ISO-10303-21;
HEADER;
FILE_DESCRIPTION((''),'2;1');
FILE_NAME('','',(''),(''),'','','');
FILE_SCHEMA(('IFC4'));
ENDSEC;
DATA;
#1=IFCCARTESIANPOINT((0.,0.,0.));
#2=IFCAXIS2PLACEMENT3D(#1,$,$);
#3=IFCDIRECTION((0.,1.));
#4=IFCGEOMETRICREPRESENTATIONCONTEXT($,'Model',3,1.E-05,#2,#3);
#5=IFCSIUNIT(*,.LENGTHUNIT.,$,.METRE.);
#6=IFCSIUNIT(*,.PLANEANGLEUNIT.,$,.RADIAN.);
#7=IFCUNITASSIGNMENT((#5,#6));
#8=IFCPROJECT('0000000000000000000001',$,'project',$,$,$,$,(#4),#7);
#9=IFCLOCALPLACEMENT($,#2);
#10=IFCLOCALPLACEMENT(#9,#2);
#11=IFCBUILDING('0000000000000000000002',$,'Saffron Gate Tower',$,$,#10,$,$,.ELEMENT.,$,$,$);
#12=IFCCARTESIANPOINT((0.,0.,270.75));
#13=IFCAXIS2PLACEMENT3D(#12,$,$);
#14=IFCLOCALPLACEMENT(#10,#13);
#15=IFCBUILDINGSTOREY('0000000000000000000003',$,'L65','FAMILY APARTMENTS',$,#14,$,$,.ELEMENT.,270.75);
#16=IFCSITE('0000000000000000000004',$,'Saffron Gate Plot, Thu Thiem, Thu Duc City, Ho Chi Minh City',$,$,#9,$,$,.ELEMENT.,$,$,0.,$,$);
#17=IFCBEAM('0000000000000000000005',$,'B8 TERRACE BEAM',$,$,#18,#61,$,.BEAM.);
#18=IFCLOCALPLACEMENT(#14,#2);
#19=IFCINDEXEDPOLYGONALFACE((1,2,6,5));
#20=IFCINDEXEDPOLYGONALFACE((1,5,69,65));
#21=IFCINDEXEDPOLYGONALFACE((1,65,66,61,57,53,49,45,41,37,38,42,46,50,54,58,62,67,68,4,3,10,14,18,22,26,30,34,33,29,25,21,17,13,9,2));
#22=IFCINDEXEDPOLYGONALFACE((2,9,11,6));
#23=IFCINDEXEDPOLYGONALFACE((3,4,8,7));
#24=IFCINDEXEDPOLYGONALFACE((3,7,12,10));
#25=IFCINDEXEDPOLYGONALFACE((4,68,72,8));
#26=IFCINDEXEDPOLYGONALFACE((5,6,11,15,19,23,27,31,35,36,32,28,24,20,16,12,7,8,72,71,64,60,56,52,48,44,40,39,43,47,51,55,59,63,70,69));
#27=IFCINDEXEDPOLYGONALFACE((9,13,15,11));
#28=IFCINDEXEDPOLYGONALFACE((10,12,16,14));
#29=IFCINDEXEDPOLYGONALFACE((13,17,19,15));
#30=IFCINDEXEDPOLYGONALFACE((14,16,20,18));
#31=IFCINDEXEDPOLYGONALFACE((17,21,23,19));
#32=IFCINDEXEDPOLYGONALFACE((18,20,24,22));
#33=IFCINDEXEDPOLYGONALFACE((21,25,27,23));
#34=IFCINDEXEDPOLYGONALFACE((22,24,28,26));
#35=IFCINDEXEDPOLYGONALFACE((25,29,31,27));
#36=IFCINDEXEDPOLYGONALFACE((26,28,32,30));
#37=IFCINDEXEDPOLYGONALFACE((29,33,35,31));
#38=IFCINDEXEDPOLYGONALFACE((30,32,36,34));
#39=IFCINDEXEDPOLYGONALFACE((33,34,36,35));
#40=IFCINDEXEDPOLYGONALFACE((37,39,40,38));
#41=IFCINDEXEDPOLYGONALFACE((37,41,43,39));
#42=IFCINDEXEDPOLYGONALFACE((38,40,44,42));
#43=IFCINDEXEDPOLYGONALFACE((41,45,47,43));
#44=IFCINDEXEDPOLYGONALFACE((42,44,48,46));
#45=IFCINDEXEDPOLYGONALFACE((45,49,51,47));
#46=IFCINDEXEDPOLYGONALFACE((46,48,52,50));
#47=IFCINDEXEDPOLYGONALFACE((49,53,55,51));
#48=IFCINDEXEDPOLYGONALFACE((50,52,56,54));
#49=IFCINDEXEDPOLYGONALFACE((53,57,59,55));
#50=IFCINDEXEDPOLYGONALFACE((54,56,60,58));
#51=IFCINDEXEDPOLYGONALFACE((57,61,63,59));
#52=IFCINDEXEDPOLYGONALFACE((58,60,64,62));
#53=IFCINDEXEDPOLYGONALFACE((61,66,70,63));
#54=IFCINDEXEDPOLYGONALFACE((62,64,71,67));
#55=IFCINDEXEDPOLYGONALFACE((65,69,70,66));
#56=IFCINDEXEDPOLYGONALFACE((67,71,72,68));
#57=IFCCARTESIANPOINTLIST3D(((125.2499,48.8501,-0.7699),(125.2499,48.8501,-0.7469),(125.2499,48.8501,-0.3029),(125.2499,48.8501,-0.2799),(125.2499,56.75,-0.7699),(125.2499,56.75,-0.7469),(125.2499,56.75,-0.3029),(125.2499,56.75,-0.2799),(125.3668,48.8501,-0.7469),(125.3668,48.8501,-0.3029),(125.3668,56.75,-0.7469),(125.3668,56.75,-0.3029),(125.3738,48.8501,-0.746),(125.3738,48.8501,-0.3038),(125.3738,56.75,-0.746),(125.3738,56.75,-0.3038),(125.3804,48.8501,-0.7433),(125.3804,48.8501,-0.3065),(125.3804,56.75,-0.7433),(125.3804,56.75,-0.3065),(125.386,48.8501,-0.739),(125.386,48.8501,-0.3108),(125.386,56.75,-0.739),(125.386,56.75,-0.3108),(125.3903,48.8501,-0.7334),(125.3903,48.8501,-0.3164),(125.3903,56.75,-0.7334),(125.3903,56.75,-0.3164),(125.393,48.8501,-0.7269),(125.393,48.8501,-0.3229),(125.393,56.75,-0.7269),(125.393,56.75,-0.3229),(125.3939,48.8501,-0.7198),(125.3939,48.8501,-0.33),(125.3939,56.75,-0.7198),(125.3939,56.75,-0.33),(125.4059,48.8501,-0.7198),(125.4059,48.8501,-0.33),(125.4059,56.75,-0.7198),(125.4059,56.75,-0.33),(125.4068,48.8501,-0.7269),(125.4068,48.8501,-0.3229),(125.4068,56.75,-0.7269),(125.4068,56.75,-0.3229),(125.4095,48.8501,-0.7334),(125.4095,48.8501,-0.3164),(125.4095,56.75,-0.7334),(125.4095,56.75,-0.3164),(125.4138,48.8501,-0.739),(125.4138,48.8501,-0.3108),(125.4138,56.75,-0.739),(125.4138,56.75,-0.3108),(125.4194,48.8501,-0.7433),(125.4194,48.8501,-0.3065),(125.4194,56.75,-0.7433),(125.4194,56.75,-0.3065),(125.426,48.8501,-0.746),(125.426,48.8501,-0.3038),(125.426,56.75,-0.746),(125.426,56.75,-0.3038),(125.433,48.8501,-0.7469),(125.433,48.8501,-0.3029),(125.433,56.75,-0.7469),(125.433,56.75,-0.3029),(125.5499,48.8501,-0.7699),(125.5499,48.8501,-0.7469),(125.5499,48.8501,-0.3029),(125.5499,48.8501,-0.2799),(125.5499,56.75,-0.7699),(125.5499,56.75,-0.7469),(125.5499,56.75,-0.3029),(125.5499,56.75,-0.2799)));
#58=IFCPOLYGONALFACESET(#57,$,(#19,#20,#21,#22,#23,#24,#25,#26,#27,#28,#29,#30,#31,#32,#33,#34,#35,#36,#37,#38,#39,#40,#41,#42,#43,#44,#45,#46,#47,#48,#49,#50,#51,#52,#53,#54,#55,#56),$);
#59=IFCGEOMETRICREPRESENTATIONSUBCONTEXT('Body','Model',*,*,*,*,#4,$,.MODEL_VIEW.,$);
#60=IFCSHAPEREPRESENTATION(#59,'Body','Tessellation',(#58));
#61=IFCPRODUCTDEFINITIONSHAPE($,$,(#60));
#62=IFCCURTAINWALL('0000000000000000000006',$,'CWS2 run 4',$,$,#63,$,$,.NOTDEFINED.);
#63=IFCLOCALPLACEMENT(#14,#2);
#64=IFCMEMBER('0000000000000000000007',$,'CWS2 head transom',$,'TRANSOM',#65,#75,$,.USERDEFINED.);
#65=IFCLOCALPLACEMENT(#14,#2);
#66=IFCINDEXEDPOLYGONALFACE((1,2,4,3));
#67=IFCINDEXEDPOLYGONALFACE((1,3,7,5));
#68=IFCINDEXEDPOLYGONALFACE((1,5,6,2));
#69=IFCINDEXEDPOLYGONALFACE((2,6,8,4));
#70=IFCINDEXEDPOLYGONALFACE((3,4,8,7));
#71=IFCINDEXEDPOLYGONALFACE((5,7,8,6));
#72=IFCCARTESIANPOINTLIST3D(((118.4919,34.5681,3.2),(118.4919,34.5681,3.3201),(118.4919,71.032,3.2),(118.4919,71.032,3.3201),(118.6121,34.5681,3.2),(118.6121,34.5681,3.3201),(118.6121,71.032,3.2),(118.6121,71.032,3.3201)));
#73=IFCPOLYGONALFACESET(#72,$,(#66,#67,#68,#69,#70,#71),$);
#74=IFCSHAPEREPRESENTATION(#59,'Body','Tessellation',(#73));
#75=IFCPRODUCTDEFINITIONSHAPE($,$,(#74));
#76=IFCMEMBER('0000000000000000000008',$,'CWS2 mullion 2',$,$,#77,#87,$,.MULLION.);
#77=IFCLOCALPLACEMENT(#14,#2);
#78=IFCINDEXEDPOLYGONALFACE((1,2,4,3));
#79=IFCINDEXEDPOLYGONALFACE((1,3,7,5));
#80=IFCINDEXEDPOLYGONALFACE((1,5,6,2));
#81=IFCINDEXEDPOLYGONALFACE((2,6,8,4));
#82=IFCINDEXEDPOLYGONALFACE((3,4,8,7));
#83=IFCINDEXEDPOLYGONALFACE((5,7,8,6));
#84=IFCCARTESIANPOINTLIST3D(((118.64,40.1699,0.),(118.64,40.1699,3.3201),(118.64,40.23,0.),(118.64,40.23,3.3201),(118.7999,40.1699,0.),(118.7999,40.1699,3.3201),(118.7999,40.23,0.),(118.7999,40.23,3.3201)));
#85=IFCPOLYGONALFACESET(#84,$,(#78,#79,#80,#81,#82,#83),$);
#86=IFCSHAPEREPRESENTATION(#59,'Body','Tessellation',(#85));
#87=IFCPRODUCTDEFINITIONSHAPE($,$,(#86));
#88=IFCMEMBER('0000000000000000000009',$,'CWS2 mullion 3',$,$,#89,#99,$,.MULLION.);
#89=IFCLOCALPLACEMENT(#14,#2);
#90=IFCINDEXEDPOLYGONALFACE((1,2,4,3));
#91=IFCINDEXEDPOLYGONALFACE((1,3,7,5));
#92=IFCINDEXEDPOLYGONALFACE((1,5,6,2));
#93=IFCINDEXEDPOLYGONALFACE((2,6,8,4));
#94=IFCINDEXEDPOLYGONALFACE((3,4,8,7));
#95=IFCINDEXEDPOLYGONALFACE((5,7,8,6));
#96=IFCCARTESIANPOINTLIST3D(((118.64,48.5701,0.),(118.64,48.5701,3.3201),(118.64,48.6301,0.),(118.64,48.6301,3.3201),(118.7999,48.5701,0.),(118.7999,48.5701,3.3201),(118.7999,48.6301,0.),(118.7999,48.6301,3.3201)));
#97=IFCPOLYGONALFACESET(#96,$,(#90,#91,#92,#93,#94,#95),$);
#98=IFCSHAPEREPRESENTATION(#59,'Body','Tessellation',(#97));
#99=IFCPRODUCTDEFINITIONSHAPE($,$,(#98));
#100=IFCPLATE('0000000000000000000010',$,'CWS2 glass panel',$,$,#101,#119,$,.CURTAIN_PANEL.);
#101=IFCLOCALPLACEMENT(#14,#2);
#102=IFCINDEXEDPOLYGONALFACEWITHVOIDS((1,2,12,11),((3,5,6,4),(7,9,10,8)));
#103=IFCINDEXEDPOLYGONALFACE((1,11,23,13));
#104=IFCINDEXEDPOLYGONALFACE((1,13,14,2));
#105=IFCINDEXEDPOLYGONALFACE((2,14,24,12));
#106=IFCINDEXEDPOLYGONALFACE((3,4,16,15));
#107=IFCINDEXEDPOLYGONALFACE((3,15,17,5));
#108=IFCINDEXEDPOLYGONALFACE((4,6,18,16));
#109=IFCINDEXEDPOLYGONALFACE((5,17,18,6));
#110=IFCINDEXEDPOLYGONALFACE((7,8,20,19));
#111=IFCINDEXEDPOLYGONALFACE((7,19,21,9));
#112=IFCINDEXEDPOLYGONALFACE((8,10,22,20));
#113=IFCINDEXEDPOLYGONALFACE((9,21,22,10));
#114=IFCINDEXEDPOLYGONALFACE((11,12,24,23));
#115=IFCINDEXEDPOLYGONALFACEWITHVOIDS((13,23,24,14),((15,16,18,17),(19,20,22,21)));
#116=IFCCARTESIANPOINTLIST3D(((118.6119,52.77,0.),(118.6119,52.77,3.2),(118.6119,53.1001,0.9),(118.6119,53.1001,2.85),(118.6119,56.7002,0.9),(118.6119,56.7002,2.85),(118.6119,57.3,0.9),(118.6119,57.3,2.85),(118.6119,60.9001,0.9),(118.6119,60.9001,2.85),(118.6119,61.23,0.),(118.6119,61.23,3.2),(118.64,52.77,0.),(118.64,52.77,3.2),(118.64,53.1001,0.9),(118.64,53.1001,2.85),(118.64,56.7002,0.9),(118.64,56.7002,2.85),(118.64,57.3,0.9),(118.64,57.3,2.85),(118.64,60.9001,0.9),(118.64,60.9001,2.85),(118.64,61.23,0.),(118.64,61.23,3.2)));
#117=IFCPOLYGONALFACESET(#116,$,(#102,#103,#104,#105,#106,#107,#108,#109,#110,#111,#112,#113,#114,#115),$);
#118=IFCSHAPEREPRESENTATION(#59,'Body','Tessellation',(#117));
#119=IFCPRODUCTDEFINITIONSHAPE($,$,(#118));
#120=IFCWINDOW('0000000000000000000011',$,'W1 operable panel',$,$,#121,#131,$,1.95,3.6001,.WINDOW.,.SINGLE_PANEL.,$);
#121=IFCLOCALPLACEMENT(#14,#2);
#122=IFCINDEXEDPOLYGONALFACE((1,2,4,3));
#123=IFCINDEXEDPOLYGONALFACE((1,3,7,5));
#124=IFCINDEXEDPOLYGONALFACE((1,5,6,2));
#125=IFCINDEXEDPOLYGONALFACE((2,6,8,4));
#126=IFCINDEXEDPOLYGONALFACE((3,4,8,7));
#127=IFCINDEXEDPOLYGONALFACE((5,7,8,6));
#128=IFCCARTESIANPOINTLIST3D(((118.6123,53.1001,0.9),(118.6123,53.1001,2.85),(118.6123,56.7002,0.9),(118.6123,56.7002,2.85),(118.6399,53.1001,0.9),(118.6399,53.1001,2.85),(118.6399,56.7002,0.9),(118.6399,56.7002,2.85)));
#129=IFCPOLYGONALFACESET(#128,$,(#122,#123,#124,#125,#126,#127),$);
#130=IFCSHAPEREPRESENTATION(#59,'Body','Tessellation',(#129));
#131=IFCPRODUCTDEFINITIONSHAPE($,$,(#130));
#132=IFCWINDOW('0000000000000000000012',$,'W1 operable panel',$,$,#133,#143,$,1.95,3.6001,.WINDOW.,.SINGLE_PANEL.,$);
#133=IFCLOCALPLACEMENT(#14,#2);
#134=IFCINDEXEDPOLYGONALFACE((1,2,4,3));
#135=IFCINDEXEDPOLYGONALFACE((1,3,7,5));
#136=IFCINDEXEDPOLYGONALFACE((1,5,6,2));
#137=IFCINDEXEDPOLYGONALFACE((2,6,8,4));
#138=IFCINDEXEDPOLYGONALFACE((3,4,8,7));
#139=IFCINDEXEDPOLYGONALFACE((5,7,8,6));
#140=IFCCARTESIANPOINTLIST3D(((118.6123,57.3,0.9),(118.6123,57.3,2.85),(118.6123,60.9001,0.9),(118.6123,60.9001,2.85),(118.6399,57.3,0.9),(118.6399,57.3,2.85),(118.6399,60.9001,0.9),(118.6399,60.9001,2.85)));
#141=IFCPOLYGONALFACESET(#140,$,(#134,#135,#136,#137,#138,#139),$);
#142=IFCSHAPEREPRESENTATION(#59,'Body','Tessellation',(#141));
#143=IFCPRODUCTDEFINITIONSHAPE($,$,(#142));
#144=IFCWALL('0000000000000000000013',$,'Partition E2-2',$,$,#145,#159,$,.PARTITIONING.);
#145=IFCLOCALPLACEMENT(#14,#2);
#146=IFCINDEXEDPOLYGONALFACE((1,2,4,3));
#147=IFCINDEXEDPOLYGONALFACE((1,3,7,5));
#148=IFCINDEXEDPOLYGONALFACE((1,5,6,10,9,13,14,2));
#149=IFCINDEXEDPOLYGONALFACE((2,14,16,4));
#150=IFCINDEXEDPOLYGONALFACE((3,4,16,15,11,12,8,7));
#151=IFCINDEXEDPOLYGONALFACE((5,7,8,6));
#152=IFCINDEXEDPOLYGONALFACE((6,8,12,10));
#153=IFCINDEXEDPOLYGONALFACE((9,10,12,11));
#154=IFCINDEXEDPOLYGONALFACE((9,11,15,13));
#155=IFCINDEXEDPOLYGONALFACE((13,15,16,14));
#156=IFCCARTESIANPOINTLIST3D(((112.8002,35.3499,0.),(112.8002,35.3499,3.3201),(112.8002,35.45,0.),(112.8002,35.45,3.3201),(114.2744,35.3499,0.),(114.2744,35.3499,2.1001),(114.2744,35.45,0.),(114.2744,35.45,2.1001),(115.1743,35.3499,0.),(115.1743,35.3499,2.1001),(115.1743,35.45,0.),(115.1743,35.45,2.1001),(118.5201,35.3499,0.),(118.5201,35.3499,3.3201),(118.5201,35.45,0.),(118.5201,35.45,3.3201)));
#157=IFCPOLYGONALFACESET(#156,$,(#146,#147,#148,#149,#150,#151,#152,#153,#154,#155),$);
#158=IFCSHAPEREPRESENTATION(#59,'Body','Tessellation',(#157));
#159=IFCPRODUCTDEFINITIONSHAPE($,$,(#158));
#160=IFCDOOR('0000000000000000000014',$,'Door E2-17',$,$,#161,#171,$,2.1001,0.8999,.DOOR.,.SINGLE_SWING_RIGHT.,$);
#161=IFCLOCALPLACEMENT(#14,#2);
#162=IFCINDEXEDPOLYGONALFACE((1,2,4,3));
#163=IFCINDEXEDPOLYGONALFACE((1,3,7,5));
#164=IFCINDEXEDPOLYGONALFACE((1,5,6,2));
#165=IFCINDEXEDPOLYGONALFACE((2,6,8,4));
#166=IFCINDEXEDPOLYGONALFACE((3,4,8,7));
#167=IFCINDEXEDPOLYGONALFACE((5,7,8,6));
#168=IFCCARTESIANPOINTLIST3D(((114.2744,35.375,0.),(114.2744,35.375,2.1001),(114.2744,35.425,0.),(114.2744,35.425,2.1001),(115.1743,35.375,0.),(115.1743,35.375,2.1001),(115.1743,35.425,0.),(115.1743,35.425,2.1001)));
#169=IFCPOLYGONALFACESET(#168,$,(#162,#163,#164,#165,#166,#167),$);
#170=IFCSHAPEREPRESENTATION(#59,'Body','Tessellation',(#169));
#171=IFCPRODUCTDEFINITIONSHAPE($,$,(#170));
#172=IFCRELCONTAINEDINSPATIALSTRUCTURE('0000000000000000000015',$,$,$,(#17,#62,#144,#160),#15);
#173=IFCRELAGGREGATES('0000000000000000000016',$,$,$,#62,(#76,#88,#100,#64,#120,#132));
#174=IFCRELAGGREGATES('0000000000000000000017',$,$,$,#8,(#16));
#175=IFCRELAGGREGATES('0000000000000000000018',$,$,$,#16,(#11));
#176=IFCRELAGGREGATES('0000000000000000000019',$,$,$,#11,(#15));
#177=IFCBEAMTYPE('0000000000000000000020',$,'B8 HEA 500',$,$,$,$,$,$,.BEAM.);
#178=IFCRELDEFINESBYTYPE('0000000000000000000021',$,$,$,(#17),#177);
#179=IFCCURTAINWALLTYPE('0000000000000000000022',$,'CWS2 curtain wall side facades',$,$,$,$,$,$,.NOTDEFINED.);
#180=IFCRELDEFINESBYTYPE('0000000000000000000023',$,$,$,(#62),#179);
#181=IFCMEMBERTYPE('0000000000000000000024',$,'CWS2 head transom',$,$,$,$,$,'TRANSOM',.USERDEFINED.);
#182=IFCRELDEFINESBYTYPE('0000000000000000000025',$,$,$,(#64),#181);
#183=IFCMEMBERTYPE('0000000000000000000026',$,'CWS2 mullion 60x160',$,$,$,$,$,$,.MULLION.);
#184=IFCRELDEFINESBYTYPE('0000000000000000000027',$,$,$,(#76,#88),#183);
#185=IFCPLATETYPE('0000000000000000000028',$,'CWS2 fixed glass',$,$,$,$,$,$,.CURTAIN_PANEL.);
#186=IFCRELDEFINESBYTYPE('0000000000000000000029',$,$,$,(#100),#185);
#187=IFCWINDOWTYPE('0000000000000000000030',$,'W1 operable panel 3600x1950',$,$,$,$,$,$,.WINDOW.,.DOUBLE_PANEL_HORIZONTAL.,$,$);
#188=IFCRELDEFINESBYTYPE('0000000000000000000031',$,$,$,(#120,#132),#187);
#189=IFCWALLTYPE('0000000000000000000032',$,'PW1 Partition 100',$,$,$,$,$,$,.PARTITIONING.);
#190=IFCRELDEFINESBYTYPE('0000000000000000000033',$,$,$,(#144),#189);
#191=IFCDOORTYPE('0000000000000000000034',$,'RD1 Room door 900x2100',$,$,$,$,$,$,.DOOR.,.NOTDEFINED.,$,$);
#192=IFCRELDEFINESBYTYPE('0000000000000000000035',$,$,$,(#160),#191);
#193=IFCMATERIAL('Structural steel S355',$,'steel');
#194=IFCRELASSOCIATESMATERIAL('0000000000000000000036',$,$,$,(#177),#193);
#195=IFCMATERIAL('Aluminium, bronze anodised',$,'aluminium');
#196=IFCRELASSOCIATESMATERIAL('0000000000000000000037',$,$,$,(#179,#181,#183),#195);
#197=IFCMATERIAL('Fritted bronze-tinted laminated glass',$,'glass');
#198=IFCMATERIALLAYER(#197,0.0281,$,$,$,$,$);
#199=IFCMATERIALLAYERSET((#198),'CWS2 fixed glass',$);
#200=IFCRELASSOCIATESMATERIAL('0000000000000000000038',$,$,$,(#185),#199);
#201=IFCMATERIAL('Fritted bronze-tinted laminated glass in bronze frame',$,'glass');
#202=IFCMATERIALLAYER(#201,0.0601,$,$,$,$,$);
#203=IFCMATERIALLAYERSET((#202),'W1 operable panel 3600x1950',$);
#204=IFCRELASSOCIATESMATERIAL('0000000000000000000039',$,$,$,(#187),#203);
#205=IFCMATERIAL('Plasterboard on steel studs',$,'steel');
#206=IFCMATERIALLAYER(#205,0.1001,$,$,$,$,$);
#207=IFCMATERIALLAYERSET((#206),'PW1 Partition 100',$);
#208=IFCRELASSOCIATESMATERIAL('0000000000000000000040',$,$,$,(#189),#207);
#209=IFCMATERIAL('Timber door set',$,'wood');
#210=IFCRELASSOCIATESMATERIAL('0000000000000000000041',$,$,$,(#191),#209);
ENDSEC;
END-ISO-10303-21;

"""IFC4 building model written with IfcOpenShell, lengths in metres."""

from ifc_helpers import new_model, si_unit, direction, frame, frame_2d, origin, origin_2d, place, context, subcontext, project, spatial, rectangle, i_section, extrude, material, layer, layer_set, material_profile, profile_set, type_object, element, fill, aggregate, save


model = new_model("IFC4")

# Units and contexts
model_context = context("Model", 3, precision=1e-05, world=origin(), true_north=direction((0.0, 1.0)))
body_context = subcontext(model_context, "Body", "Model", "MODEL_VIEW")
ifc_project = project(units=[si_unit("LENGTHUNIT", "METRE"), si_unit("PLANEANGLEUNIT", "RADIAN")], contexts=[model_context])

# Site, building, storey
site_placement = place(None, origin())
site = spatial("IfcSite", under=ifc_project, at=site_placement, Name="Saffron Gate Plot, Thu Thiem, Thu Duc City, Ho Chi Minh City", CompositionType="ELEMENT", RefElevation=0.0)
building_placement = place(site_placement, origin())
building = spatial("IfcBuilding", under=site, at=building_placement, Name="Saffron Gate Tower", CompositionType="ELEMENT")
storey_placement = place(building_placement, frame((0.0, 0.0, 270.75)))
storey = spatial("IfcBuildingStorey", under=building, at=storey_placement, Name="L65", Description="FAMILY APARTMENTS", CompositionType="ELEMENT", Elevation=270.75)

# Beam
ifc_material_1 = material(Name="Structural steel S355", Category="steel")
ifc_material_profile_1 = material_profile(ifc_material_1, i_section(OverallWidth=0.3, OverallDepth=0.49, WebThickness=0.012, FlangeThickness=0.0229, FilletRadius=0.0271, at=origin_2d()))
ifc_profile_set_1 = profile_set([ifc_material_profile_1], Name="Structural steel S355")
beam_type_1 = type_object("IfcBeamType", Name="B8 HEA 500", PredefinedType="BEAM", material=ifc_profile_set_1)
beam_1_placement = place(storey_placement, frame((125.3999, 48.8501, -0.5249), z_axis=(0.0, 1.0, 0.0), x_axis=(-1.0, 0.0, 0.0)))
element("IfcBeam", 1, at=beam_1_placement, inside=storey, type_object=beam_type_1, Name="B8 TERRACE BEAM", PredefinedType="BEAM", context=body_context, shape_type="SweptSolid", body=[
    extrude(i_section(OverallWidth=0.3, OverallDepth=0.49, WebThickness=0.012, FlangeThickness=0.0229, FilletRadius=0.0271, at=origin_2d()), origin(), (0.0, 0.0, 1.0), 7.8999),
])

# Curtain wall, members, plate, openings, windows
ifc_material_2 = material(Name="Aluminium, bronze anodised", Category="aluminium")
curtain_wall_type = type_object("IfcCurtainWallType", Name="CWS2 curtain wall side facades", PredefinedType="NOTDEFINED", material=ifc_material_2)
curtain_wall_placement = place(storey_placement, origin())
curtain_wall = element("IfcCurtainWall", 2, at=curtain_wall_placement, inside=storey, type_object=curtain_wall_type, Name="CWS2 run 4", PredefinedType="NOTDEFINED")
ifc_material_profile_2 = material_profile(ifc_material_2, rectangle(XDim=0.1201, YDim=0.1201, at=origin_2d()))
ifc_profile_set_2 = profile_set([ifc_material_profile_2], Name="Aluminium, bronze anodised")
member_type_1 = type_object("IfcMemberType", Name="CWS2 head transom", ElementType="TRANSOM", PredefinedType="USERDEFINED", material=ifc_profile_set_2)
member_1_placement = place(storey_placement, frame((118.552, 34.5681, 3.26), z_axis=(0.0, 1.0, 0.0), x_axis=(-1.0, 0.0, 0.0)))
member_1 = element("IfcMember", 3, at=member_1_placement, type_object=member_type_1, Name="CWS2 head transom", ObjectType="TRANSOM", PredefinedType="USERDEFINED", context=body_context, shape_type="SweptSolid", body=[
    extrude(rectangle(XDim=0.1201, YDim=0.1201, at=origin_2d()), origin(), (0.0, 0.0, 1.0), 36.4639),
])
ifc_material_profile_3 = material_profile(ifc_material_2, rectangle(XDim=0.1599, YDim=0.0601, at=origin_2d()))
ifc_profile_set_3 = profile_set([ifc_material_profile_3], Name="Aluminium, bronze anodised")
member_type_2 = type_object("IfcMemberType", Name="CWS2 mullion 60x160", PredefinedType="MULLION", material=ifc_profile_set_3)
member_2_placement = place(storey_placement, frame((118.72, 40.2, 0.0), z_axis=(0.0, 0.0, 1.0), x_axis=(-1.0, 0.0, 0.0)))
member_2 = element("IfcMember", 4, at=member_2_placement, type_object=member_type_2, Name="CWS2 mullion 2", PredefinedType="MULLION", context=body_context, shape_type="SweptSolid", body=[
    extrude(rectangle(XDim=0.1599, YDim=0.0601, at=origin_2d()), origin(), (0.0, 0.0, 1.0), 3.3201),
])
member_3_placement = place(storey_placement, frame((118.72, 48.6001, 0.0), z_axis=(0.0, 0.0, 1.0), x_axis=(-1.0, 0.0, 0.0)))
member_3 = element("IfcMember", 5, at=member_3_placement, type_object=member_type_2, Name="CWS2 mullion 3", PredefinedType="MULLION", context=body_context, shape_type="SweptSolid", body=[
    extrude(rectangle(XDim=0.1599, YDim=0.0601, at=origin_2d()), origin(), (0.0, 0.0, 1.0), 3.3201),
])
ifc_material_3 = material(Name="Fritted bronze-tinted laminated glass", Category="glass")
ifc_layer_1 = layer(ifc_material_3, 0.0281)
ifc_layer_set_1 = layer_set([ifc_layer_1], Name="CWS2 fixed glass")
plate_type = type_object("IfcPlateType", Name="CWS2 fixed glass", PredefinedType="CURTAIN_PANEL", material=ifc_layer_set_1)
plate_placement = place(storey_placement, frame((118.626, 52.77, 0.0), z_axis=(0.0, 0.0, 1.0), x_axis=(0.0, 1.0, 0.0)))
plate = element("IfcPlate", 6, at=plate_placement, type_object=plate_type, Name="CWS2 glass panel", PredefinedType="CURTAIN_PANEL", context=body_context, shape_type="SweptSolid", body=[
    extrude(rectangle(XDim=8.46, YDim=0.0281, at=frame_2d((4.23, 0.0))), origin(), (0.0, 0.0, 1.0), 3.2),
])
opening_1_placement = place(plate_placement, frame((0.3301, 0.0, 0.8999)))
opening_1 = element("IfcOpeningElement", 7, at=opening_1_placement, cuts=plate, PredefinedType="OPENING", context=body_context, shape_type="SweptSolid", body=[
    extrude(rectangle(XDim=3.6001, YDim=1.95, at=frame_2d((1.8, 0.9751))), frame((0.0, 0.0239, 0.0), z_axis=(0.0, -1.0, 0.0), x_axis=(1.0, 0.0, 0.0)), (0.0, 0.0, 1.0), 0.0481),
])
opening_2_placement = place(plate_placement, frame((4.53, 0.0, 0.8999)))
opening_2 = element("IfcOpeningElement", 8, at=opening_2_placement, cuts=plate, PredefinedType="OPENING", context=body_context, shape_type="SweptSolid", body=[
    extrude(rectangle(XDim=3.6001, YDim=1.95, at=frame_2d((1.8, 0.9751))), frame((0.0, 0.0239, 0.0), z_axis=(0.0, -1.0, 0.0), x_axis=(1.0, 0.0, 0.0)), (0.0, 0.0, 1.0), 0.0481),
])
ifc_material_4 = material(Name="Fritted bronze-tinted laminated glass in bronze frame", Category="glass")
ifc_layer_2 = layer(ifc_material_4, 0.0601)
ifc_layer_set_2 = layer_set([ifc_layer_2], Name="W1 operable panel 3600x1950")
window_type = type_object("IfcWindowType", Name="W1 operable panel 3600x1950", PartitioningType="DOUBLE_PANEL_HORIZONTAL", PredefinedType="WINDOW", material=ifc_layer_set_2)
window_1_placement = place(opening_1_placement, origin())
window_1 = element("IfcWindow", 9, at=window_1_placement, type_object=window_type, Name="W1 operable panel", OverallHeight=1.95, OverallWidth=3.6001, PartitioningType="SINGLE_PANEL", PredefinedType="WINDOW", context=body_context, shape_type="SweptSolid", body=[
    extrude(rectangle(XDim=3.6001, YDim=1.95, at=frame_2d((1.8, 0.9751))), frame((0.0, 0.0137, 0.0), z_axis=(0.0, -1.0, 0.0), x_axis=(1.0, 0.0, 0.0)), (0.0, 0.0, 1.0), 0.0276),
])
fill(opening_1, window_1)
window_2_placement = place(opening_2_placement, origin())
window_2 = element("IfcWindow", 10, at=window_2_placement, type_object=window_type, Name="W1 operable panel", OverallHeight=1.95, OverallWidth=3.6001, PartitioningType="SINGLE_PANEL", PredefinedType="WINDOW", context=body_context, shape_type="SweptSolid", body=[
    extrude(rectangle(XDim=3.6001, YDim=1.95, at=frame_2d((1.8, 0.9751))), frame((0.0, 0.0137, 0.0), z_axis=(0.0, -1.0, 0.0), x_axis=(1.0, 0.0, 0.0)), (0.0, 0.0, 1.0), 0.0276),
])
fill(opening_2, window_2)
aggregate(curtain_wall, [member_2, member_3, plate, member_1, window_1, window_2])

# Wall, opening, door
ifc_material_5 = material(Name="Plasterboard on steel studs", Category="steel")
ifc_layer_3 = layer(ifc_material_5, 0.1001)
ifc_layer_set_3 = layer_set([ifc_layer_3], Name="PW1 Partition 100")
wall_type_1 = type_object("IfcWallType", Name="PW1 Partition 100", PredefinedType="PARTITIONING", material=ifc_layer_set_3)
wall_1_placement = place(storey_placement, frame((118.52, 35.3999, 0.0), z_axis=(0.0, 0.0, 1.0), x_axis=(-1.0, 0.0, 0.0)))
wall_1 = element("IfcWall", 11, at=wall_1_placement, inside=storey, type_object=wall_type_1, Name="Partition E2-2", PredefinedType="PARTITIONING", context=body_context, shape_type="SweptSolid", body=[
    extrude(rectangle(XDim=5.72, YDim=0.1001, at=frame_2d((2.8599, 0.0))), origin(), (0.0, 0.0, 1.0), 3.3201),
])
opening_3_placement = place(wall_1_placement, frame((3.3457, 0.0, 0.0)))
opening_3 = element("IfcOpeningElement", 12, at=opening_3_placement, cuts=wall_1, PredefinedType="OPENING", context=body_context, shape_type="SweptSolid", body=[
    extrude(rectangle(XDim=0.8999, YDim=2.1001, at=frame_2d((0.45, 1.05))), frame((0.0, 0.0601, 0.0), z_axis=(0.0, -1.0, 0.0), x_axis=(1.0, 0.0, 0.0)), (0.0, 0.0, 1.0), 0.1201),
])
ifc_material_6 = material(Name="Timber door set", Category="wood")
door_type_1 = type_object("IfcDoorType", Name="RD1 Room door 900x2100", OperationType="NOTDEFINED", PredefinedType="DOOR", material=ifc_material_6)
door_1_placement = place(opening_3_placement, origin())
door_1 = element("IfcDoor", 13, at=door_1_placement, inside=storey, type_object=door_type_1, Name="Door E2-17", OperationType="SINGLE_SWING_RIGHT", OverallHeight=2.1001, OverallWidth=0.8999, PredefinedType="DOOR", context=body_context, shape_type="SweptSolid", body=[
    extrude(rectangle(XDim=0.8999, YDim=2.1001, at=frame_2d((0.45, 1.05))), frame((0.0, 0.0249, 0.0), z_axis=(0.0, -1.0, 0.0), x_axis=(1.0, 0.0, 0.0)), (0.0, 0.0, 1.0), 0.05),
])
fill(opening_3, door_1)

save(model, "model.ifc")
